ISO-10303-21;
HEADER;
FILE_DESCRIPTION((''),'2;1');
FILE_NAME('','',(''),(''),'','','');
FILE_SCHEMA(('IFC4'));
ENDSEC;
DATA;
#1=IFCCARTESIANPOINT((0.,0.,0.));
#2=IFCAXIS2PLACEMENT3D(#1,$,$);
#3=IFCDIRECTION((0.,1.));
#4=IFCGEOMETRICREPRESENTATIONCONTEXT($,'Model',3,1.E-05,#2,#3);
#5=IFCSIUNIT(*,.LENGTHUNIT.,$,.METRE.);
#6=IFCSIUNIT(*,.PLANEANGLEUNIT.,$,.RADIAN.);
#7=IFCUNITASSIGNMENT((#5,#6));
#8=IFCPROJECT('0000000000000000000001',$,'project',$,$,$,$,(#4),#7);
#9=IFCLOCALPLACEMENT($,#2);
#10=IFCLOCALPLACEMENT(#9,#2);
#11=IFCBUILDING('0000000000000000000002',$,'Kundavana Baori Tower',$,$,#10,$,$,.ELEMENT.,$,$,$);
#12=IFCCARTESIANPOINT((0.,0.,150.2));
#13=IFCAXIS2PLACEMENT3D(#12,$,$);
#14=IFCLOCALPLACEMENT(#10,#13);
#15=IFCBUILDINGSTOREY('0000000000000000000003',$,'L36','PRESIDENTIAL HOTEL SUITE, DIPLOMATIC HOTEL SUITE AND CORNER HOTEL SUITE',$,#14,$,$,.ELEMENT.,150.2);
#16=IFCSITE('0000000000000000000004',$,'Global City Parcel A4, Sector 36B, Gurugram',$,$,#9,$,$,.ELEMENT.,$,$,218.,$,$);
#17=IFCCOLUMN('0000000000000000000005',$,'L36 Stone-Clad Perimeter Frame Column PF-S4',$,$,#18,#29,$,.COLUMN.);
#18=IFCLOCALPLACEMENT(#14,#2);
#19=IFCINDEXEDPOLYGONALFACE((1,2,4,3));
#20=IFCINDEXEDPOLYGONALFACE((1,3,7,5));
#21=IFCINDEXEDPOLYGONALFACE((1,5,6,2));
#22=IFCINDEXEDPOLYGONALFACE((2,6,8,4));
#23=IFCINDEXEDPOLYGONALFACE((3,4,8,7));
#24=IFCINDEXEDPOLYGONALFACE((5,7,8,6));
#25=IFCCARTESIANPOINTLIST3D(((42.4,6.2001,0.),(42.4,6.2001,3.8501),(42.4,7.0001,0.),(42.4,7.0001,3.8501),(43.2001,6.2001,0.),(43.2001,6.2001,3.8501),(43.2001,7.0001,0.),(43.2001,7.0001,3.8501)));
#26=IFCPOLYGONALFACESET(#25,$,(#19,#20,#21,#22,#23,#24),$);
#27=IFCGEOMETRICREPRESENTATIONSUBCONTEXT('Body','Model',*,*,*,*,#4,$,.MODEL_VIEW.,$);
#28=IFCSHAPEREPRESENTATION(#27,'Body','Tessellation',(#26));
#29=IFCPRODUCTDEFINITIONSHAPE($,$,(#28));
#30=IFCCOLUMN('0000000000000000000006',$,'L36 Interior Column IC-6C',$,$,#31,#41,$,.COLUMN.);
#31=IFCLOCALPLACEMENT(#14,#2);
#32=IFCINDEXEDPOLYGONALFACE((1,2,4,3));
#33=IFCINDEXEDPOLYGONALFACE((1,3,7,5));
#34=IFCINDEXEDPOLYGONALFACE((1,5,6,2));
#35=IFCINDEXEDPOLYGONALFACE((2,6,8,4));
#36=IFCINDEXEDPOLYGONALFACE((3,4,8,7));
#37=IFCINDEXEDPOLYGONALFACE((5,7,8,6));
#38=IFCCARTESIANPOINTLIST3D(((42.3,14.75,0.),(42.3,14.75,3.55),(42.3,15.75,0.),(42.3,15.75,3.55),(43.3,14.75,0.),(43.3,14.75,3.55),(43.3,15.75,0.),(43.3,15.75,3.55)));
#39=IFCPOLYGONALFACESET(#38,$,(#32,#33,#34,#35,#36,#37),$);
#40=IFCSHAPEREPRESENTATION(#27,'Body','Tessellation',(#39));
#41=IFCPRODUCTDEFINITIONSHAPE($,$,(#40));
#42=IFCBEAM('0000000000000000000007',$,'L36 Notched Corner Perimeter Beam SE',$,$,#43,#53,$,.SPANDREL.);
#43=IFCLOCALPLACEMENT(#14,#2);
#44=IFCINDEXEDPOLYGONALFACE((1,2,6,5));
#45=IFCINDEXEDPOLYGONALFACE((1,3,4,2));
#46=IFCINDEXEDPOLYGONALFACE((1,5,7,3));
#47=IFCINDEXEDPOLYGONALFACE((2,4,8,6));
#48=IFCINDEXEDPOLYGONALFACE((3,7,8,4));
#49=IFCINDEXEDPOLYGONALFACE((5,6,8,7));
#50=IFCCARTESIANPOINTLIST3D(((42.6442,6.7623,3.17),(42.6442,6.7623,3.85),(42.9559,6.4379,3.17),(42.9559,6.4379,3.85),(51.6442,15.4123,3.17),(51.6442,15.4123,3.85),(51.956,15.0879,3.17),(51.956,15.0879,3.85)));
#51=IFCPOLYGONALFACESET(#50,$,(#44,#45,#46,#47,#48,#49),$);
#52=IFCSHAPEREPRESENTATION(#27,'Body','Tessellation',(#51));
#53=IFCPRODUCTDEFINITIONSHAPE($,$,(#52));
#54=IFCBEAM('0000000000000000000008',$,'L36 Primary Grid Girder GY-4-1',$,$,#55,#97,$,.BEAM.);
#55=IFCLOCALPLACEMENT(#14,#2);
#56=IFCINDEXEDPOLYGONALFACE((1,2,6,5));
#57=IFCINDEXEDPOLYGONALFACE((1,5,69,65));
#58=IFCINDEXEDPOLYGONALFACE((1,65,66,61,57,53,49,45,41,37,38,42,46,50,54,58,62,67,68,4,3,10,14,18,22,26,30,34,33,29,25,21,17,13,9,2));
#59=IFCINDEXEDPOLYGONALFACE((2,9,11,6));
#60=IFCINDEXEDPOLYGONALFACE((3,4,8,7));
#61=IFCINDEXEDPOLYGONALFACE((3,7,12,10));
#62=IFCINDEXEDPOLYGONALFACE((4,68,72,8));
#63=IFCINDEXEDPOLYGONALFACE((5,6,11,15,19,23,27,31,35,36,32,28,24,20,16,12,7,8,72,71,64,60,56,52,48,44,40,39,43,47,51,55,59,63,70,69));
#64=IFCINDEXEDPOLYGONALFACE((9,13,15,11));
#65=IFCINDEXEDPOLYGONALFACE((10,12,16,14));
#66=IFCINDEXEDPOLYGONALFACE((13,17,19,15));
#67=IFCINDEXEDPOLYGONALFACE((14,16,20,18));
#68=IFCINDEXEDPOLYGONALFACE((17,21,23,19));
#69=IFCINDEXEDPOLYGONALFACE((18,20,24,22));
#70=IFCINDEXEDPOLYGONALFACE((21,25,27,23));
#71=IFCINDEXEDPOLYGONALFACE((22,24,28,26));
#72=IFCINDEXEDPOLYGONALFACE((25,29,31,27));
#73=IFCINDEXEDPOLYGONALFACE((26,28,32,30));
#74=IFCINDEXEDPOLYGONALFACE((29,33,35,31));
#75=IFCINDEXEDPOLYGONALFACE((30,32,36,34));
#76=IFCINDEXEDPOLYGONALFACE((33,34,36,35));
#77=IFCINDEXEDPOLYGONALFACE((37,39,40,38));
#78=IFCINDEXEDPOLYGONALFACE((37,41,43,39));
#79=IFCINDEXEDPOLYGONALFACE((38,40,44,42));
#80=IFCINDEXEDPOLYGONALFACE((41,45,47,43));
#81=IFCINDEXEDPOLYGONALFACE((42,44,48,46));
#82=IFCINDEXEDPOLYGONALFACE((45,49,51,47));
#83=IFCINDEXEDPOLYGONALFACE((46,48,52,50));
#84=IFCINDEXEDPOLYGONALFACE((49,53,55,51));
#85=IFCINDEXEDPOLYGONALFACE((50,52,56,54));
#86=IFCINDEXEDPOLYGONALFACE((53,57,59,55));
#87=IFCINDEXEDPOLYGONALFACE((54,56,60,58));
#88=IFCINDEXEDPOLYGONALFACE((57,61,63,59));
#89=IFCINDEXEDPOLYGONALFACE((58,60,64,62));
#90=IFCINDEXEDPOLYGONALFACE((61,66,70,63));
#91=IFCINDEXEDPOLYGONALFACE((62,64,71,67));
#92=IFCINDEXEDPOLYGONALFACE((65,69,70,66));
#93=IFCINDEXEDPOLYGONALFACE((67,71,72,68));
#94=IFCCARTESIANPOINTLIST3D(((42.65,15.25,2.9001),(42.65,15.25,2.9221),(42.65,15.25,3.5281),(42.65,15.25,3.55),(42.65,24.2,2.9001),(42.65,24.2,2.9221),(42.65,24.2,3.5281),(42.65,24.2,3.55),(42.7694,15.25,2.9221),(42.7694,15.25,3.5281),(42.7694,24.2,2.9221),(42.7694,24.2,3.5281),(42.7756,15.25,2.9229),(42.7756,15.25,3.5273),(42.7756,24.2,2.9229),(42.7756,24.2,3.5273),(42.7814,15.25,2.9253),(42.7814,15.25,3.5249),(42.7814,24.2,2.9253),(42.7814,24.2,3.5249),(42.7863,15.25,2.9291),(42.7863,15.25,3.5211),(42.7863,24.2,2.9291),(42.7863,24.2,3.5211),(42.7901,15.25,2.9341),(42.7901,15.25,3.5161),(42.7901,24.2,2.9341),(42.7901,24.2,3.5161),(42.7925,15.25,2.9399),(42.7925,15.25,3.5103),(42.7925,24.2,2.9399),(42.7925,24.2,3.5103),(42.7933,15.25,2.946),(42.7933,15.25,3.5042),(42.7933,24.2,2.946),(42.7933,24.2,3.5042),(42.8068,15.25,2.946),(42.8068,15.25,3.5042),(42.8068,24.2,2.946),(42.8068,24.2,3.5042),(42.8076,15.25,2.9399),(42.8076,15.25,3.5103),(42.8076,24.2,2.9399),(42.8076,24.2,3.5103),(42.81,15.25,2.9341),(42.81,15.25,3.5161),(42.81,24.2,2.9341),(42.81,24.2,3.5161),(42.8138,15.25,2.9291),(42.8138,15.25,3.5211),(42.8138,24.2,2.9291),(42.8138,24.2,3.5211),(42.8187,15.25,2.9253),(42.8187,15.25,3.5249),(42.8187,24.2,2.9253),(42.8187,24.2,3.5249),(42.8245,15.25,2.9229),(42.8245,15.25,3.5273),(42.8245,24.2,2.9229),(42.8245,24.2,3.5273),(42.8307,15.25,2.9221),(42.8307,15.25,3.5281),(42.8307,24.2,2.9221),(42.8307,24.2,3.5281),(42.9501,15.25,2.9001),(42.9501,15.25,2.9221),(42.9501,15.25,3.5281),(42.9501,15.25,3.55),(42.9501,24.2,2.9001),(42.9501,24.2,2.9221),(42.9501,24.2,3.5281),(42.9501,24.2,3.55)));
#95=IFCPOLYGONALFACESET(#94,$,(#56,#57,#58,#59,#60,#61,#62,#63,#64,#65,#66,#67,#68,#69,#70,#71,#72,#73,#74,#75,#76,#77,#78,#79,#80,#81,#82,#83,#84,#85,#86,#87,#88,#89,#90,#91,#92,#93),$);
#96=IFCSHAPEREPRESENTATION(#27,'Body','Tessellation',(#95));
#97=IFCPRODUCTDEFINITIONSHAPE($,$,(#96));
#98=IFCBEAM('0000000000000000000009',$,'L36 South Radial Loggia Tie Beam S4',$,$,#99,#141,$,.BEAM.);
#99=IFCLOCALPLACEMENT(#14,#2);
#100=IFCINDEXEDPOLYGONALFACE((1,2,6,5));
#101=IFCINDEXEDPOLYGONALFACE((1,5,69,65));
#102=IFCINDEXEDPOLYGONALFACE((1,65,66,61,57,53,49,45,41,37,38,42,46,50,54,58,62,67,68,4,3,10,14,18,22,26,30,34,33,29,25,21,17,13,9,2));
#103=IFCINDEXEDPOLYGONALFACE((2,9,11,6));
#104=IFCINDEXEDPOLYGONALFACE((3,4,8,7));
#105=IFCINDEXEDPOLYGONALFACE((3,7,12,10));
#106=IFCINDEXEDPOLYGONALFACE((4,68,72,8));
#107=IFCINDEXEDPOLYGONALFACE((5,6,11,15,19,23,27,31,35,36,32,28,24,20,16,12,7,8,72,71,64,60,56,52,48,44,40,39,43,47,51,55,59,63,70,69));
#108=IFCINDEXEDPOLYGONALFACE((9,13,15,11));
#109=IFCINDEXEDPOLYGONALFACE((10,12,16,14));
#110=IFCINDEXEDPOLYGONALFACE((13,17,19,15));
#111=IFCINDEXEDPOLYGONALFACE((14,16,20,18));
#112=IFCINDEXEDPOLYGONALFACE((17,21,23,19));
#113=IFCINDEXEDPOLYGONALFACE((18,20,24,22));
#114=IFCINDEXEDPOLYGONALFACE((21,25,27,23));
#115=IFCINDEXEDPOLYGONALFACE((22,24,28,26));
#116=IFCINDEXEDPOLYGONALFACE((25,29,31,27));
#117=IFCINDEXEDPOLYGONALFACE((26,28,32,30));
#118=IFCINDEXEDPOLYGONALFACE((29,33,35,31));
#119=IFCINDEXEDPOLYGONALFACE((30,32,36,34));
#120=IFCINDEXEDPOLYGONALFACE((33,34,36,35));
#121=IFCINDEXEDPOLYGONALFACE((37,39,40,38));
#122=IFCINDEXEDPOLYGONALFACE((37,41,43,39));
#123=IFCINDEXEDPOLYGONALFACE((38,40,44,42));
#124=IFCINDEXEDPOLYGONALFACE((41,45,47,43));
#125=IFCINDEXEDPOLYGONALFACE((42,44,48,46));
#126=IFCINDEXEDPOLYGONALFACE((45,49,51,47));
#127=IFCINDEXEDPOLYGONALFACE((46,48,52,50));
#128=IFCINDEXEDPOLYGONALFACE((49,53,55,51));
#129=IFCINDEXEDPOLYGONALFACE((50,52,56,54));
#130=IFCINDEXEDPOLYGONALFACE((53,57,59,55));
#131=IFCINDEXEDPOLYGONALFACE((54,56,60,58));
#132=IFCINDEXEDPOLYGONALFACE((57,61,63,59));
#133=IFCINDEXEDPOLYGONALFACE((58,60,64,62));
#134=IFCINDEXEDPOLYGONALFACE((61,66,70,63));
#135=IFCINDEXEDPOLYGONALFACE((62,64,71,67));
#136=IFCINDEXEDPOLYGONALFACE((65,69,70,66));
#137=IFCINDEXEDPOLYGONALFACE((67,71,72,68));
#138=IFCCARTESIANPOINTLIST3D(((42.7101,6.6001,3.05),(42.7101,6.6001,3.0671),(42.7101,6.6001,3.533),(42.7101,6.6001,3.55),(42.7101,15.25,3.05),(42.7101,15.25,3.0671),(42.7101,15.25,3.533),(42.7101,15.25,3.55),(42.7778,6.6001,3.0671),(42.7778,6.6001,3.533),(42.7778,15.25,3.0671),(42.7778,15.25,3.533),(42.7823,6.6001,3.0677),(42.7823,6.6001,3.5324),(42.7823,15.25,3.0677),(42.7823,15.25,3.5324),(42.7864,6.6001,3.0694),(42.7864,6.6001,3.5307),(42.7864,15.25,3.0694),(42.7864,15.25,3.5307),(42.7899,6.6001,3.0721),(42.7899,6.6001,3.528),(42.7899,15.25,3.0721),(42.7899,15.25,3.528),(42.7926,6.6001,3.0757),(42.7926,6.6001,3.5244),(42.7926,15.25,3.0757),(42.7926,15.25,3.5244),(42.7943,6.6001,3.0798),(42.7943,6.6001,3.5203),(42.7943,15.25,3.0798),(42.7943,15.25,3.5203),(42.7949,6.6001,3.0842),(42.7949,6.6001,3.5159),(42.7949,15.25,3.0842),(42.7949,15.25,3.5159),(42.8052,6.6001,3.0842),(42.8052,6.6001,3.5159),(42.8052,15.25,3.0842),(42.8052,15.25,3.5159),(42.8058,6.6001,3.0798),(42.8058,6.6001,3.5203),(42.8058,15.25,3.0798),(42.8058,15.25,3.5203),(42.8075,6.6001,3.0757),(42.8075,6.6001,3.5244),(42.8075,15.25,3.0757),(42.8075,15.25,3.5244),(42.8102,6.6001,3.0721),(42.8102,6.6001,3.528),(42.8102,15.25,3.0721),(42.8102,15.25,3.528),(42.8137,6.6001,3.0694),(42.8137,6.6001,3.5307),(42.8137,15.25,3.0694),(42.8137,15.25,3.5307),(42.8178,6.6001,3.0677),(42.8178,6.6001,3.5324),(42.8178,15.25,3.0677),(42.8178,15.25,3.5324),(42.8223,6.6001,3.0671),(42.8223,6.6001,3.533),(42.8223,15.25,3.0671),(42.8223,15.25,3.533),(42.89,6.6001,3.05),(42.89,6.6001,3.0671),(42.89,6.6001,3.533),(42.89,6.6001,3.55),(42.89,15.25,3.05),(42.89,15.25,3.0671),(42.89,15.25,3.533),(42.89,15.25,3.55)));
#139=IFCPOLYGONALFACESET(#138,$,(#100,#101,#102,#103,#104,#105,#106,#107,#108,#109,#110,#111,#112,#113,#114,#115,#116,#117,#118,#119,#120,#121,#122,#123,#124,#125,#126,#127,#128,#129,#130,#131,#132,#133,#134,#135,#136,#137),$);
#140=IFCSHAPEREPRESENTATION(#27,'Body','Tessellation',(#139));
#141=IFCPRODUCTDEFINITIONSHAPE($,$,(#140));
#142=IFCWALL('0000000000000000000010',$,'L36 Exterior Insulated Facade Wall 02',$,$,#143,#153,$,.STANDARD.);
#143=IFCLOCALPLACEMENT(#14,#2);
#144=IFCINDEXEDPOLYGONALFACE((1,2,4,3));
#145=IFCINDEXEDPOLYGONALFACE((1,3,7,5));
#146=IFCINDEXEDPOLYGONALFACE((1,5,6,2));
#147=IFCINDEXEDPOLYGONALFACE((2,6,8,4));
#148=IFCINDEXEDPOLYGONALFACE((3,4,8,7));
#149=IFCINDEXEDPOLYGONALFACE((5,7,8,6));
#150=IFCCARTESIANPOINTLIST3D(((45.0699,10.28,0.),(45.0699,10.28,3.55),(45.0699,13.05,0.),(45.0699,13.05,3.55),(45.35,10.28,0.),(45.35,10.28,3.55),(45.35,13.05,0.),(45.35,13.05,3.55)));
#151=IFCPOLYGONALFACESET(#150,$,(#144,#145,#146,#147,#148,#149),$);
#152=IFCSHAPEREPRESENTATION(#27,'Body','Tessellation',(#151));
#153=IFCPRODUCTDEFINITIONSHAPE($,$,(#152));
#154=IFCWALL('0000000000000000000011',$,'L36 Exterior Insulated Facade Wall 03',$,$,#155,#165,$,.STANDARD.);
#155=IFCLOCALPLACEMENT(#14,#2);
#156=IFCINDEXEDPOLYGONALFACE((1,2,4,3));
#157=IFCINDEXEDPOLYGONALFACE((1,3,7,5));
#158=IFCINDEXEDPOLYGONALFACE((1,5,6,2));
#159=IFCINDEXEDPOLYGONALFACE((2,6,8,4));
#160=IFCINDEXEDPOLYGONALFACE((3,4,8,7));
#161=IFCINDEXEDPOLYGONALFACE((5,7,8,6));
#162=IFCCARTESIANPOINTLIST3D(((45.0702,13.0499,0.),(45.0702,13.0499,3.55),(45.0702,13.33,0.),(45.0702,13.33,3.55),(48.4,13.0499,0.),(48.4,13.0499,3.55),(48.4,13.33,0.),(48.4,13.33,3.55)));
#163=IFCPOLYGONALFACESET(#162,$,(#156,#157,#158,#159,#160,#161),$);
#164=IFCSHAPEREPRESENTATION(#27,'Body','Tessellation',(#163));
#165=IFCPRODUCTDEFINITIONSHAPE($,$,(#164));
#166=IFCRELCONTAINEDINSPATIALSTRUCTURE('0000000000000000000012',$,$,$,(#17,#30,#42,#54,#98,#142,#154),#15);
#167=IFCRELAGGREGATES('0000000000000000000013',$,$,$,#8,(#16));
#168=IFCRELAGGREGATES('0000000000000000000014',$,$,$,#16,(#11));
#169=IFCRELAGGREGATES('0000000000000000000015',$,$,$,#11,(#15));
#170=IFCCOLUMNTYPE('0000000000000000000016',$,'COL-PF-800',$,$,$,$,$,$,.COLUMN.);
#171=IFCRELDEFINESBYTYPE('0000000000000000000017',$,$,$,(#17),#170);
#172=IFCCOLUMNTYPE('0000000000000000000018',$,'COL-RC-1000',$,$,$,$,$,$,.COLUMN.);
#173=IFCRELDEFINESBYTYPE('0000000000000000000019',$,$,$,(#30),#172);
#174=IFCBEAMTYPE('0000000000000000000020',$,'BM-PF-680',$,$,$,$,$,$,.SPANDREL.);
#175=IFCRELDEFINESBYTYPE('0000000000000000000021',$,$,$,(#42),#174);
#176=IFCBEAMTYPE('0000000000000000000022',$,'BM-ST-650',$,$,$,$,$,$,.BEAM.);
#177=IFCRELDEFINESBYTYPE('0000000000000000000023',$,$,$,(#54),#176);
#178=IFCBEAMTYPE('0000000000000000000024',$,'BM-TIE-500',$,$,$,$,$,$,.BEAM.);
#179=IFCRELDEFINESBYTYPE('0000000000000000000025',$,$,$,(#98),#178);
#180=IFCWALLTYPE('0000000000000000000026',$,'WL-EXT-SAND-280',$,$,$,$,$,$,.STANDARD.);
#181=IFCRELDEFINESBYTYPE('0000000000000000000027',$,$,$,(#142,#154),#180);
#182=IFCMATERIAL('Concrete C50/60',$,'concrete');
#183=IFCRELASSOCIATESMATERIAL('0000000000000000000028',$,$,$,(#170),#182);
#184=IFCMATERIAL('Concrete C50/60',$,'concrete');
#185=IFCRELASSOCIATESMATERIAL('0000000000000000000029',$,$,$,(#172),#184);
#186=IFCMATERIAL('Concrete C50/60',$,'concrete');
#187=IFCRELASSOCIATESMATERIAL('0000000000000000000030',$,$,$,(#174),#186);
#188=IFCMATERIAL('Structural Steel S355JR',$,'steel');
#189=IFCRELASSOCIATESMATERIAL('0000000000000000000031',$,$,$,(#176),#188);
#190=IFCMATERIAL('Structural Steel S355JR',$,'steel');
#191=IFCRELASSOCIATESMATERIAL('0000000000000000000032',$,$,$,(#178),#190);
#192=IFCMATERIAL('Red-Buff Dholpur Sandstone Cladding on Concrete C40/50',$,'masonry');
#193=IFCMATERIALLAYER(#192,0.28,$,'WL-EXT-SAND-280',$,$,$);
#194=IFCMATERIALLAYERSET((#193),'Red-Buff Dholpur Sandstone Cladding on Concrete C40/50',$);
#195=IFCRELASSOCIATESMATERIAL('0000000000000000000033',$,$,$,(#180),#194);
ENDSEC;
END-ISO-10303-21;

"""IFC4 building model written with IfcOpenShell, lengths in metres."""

from ifc_helpers import new_model, si_unit, direction, frame, frame_2d, origin, origin_2d, place, context, subcontext, project, spatial, rectangle, i_section, extrude, material, layer, layer_set, material_profile, profile_set, type_object, element, save


model = new_model("IFC4")

# Units and contexts
model_context = context("Model", 3, precision=1e-05, world=origin(), true_north=direction((0.0, 1.0)))
body_context = subcontext(model_context, "Body", "Model", "MODEL_VIEW")
ifc_project = project(units=[si_unit("LENGTHUNIT", "METRE"), si_unit("PLANEANGLEUNIT", "RADIAN")], contexts=[model_context])

# Site, building, storey
site_placement = place(None, origin())
site = spatial("IfcSite", under=ifc_project, at=site_placement, Name="Global City Parcel A4, Sector 36B, Gurugram", CompositionType="ELEMENT", RefElevation=218.0)
building_placement = place(site_placement, origin())
building = spatial("IfcBuilding", under=site, at=building_placement, Name="Kundavana Baori Tower", CompositionType="ELEMENT")
storey_placement = place(building_placement, frame((0.0, 0.0, 150.2)))
storey = spatial("IfcBuildingStorey", under=building, at=storey_placement, Name="L36", Description="PRESIDENTIAL HOTEL SUITE, DIPLOMATIC HOTEL SUITE AND CORNER HOTEL SUITE", CompositionType="ELEMENT", Elevation=150.2)

# Columns
ifc_material_1 = material(Name="Concrete C50/60", Category="concrete")
ifc_material_profile_1 = material_profile(ifc_material_1, rectangle(XDim=0.8, YDim=0.8, at=origin_2d()), Name="RC PF 800x800")
ifc_profile_set_1 = profile_set([ifc_material_profile_1], Name="Concrete C50/60")
column_type_1 = type_object("IfcColumnType", Name="COL-PF-800", PredefinedType="COLUMN", material=ifc_profile_set_1)
column_1_placement = place(storey_placement, frame((42.8, 6.6001, 0.0), z_axis=(0.0, 0.0, 1.0), x_axis=(1.0, 0.0, 0.0)))
element("IfcColumn", 1, at=column_1_placement, inside=storey, type_object=column_type_1, Name="L36 Stone-Clad Perimeter Frame Column PF-S4", PredefinedType="COLUMN", context=body_context, shape_type="SweptSolid", body=[
    extrude(rectangle(XDim=0.8, YDim=0.8, at=origin_2d()), origin(), (0.0, 0.0, 1.0), 3.8501),
])
ifc_material_2 = material(Name="Concrete C50/60", Category="concrete")
ifc_material_profile_2 = material_profile(ifc_material_2, rectangle(XDim=1.0, YDim=1.0, at=origin_2d()), Name="RC 1000x1000")
ifc_profile_set_2 = profile_set([ifc_material_profile_2], Name="Concrete C50/60")
column_type_2 = type_object("IfcColumnType", Name="COL-RC-1000", PredefinedType="COLUMN", material=ifc_profile_set_2)
column_2_placement = place(storey_placement, frame((42.8, 15.25, 0.0), z_axis=(0.0, 0.0, 1.0), x_axis=(1.0, 0.0, 0.0)))
element("IfcColumn", 2, at=column_2_placement, inside=storey, type_object=column_type_2, Name="L36 Interior Column IC-6C", PredefinedType="COLUMN", context=body_context, shape_type="SweptSolid", body=[
    extrude(rectangle(XDim=1.0, YDim=1.0, at=origin_2d()), origin(), (0.0, 0.0, 1.0), 3.55),
])

# Beams
ifc_material_3 = material(Name="Concrete C50/60", Category="concrete")
ifc_material_profile_3 = material_profile(ifc_material_3, rectangle(XDim=0.45, YDim=0.6799, at=origin_2d()), Name="RC BM 450x680")
ifc_profile_set_3 = profile_set([ifc_material_profile_3], Name="Concrete C50/60")
beam_type_1 = type_object("IfcBeamType", Name="BM-PF-680", PredefinedType="SPANDREL", material=ifc_profile_set_3)
beam_1_placement = place(storey_placement, frame((42.8, 6.6001, 3.51), z_axis=(0.720991, 0.692945, 0.0), x_axis=(-0.692945, 0.720991, 0.0)))
element("IfcBeam", 3, at=beam_1_placement, inside=storey, type_object=beam_type_1, Name="L36 Notched Corner Perimeter Beam SE", PredefinedType="SPANDREL", context=body_context, shape_type="SweptSolid", body=[
    extrude(rectangle(XDim=0.45, YDim=0.6799, at=origin_2d()), origin(), (0.0, 0.0, 1.0), 12.4829),
])
ifc_material_4 = material(Name="Structural Steel S355JR", Category="steel")
ifc_material_profile_4 = material_profile(ifc_material_4, i_section(OverallWidth=0.3, OverallDepth=0.6499, WebThickness=0.0134, FlangeThickness=0.022, FilletRadius=0.0239, at=origin_2d()), Name="NPB 650x300x155")
ifc_profile_set_4 = profile_set([ifc_material_profile_4], Name="Structural Steel S355JR")
beam_type_2 = type_object("IfcBeamType", Name="BM-ST-650", PredefinedType="BEAM", material=ifc_profile_set_4)
beam_2_placement = place(storey_placement, frame((42.8, 15.25, 3.2251), z_axis=(0.0, 1.0, 0.0), x_axis=(-1.0, 0.0, 0.0)))
element("IfcBeam", 4, at=beam_2_placement, inside=storey, type_object=beam_type_2, Name="L36 Primary Grid Girder GY-4-1", PredefinedType="BEAM", context=body_context, shape_type="SweptSolid", body=[
    extrude(i_section(OverallWidth=0.3, OverallDepth=0.6499, WebThickness=0.0134, FlangeThickness=0.022, FilletRadius=0.0239, at=origin_2d()), origin(), (0.0, 0.0, 1.0), 8.95),
])
ifc_material_5 = material(Name="Structural Steel S355JR", Category="steel")
ifc_material_profile_5 = material_profile(ifc_material_5, i_section(OverallWidth=0.1799, OverallDepth=0.5, WebThickness=0.0103, FlangeThickness=0.0171, FilletRadius=0.0171, at=origin_2d()), Name="ISMB 500")
ifc_profile_set_5 = profile_set([ifc_material_profile_5], Name="Structural Steel S355JR")
beam_type_3 = type_object("IfcBeamType", Name="BM-TIE-500", PredefinedType="BEAM", material=ifc_profile_set_5)
beam_3_placement = place(storey_placement, frame((42.8, 15.25, 3.3), z_axis=(0.0, -1.0, 0.0), x_axis=(1.0, 0.0, 0.0)))
element("IfcBeam", 5, at=beam_3_placement, inside=storey, type_object=beam_type_3, Name="L36 South Radial Loggia Tie Beam S4", PredefinedType="BEAM", context=body_context, shape_type="SweptSolid", body=[
    extrude(i_section(OverallWidth=0.1799, OverallDepth=0.5, WebThickness=0.0103, FlangeThickness=0.0171, FilletRadius=0.0171, at=origin_2d()), origin(), (0.0, 0.0, 1.0), 8.6499),
])

# Walls
ifc_material_6 = material(Name="Red-Buff Dholpur Sandstone Cladding on Concrete C40/50", Category="masonry")
ifc_layer_1 = layer(ifc_material_6, 0.28, Name="WL-EXT-SAND-280")
ifc_layer_set_1 = layer_set([ifc_layer_1], Name="Red-Buff Dholpur Sandstone Cladding on Concrete C40/50")
wall_type_1 = type_object("IfcWallType", Name="WL-EXT-SAND-280", PredefinedType="STANDARD", material=ifc_layer_set_1)
wall_1_placement = place(storey_placement, frame((45.21, 10.28, 0.0), z_axis=(0.0, 0.0, 1.0), x_axis=(0.0, 1.0, 0.0)))
element("IfcWall", 6, at=wall_1_placement, inside=storey, type_object=wall_type_1, Name="L36 Exterior Insulated Facade Wall 02", PredefinedType="STANDARD", context=body_context, shape_type="SweptSolid", body=[
    extrude(rectangle(XDim=2.77, YDim=0.28, at=frame_2d((1.385, 0.0))), origin(), (0.0, 0.0, 1.0), 3.55),
])
wall_2_placement = place(storey_placement, frame((45.0701, 13.1899, 0.0), z_axis=(0.0, 0.0, 1.0), x_axis=(1.0, 0.0, 0.0)))
element("IfcWall", 7, at=wall_2_placement, inside=storey, type_object=wall_type_1, Name="L36 Exterior Insulated Facade Wall 03", PredefinedType="STANDARD", context=body_context, shape_type="SweptSolid", body=[
    extrude(rectangle(XDim=3.3298, YDim=0.28, at=frame_2d((1.665, 0.0))), origin(), (0.0, 0.0, 1.0), 3.55),
])

save(model, "model.ifc")
